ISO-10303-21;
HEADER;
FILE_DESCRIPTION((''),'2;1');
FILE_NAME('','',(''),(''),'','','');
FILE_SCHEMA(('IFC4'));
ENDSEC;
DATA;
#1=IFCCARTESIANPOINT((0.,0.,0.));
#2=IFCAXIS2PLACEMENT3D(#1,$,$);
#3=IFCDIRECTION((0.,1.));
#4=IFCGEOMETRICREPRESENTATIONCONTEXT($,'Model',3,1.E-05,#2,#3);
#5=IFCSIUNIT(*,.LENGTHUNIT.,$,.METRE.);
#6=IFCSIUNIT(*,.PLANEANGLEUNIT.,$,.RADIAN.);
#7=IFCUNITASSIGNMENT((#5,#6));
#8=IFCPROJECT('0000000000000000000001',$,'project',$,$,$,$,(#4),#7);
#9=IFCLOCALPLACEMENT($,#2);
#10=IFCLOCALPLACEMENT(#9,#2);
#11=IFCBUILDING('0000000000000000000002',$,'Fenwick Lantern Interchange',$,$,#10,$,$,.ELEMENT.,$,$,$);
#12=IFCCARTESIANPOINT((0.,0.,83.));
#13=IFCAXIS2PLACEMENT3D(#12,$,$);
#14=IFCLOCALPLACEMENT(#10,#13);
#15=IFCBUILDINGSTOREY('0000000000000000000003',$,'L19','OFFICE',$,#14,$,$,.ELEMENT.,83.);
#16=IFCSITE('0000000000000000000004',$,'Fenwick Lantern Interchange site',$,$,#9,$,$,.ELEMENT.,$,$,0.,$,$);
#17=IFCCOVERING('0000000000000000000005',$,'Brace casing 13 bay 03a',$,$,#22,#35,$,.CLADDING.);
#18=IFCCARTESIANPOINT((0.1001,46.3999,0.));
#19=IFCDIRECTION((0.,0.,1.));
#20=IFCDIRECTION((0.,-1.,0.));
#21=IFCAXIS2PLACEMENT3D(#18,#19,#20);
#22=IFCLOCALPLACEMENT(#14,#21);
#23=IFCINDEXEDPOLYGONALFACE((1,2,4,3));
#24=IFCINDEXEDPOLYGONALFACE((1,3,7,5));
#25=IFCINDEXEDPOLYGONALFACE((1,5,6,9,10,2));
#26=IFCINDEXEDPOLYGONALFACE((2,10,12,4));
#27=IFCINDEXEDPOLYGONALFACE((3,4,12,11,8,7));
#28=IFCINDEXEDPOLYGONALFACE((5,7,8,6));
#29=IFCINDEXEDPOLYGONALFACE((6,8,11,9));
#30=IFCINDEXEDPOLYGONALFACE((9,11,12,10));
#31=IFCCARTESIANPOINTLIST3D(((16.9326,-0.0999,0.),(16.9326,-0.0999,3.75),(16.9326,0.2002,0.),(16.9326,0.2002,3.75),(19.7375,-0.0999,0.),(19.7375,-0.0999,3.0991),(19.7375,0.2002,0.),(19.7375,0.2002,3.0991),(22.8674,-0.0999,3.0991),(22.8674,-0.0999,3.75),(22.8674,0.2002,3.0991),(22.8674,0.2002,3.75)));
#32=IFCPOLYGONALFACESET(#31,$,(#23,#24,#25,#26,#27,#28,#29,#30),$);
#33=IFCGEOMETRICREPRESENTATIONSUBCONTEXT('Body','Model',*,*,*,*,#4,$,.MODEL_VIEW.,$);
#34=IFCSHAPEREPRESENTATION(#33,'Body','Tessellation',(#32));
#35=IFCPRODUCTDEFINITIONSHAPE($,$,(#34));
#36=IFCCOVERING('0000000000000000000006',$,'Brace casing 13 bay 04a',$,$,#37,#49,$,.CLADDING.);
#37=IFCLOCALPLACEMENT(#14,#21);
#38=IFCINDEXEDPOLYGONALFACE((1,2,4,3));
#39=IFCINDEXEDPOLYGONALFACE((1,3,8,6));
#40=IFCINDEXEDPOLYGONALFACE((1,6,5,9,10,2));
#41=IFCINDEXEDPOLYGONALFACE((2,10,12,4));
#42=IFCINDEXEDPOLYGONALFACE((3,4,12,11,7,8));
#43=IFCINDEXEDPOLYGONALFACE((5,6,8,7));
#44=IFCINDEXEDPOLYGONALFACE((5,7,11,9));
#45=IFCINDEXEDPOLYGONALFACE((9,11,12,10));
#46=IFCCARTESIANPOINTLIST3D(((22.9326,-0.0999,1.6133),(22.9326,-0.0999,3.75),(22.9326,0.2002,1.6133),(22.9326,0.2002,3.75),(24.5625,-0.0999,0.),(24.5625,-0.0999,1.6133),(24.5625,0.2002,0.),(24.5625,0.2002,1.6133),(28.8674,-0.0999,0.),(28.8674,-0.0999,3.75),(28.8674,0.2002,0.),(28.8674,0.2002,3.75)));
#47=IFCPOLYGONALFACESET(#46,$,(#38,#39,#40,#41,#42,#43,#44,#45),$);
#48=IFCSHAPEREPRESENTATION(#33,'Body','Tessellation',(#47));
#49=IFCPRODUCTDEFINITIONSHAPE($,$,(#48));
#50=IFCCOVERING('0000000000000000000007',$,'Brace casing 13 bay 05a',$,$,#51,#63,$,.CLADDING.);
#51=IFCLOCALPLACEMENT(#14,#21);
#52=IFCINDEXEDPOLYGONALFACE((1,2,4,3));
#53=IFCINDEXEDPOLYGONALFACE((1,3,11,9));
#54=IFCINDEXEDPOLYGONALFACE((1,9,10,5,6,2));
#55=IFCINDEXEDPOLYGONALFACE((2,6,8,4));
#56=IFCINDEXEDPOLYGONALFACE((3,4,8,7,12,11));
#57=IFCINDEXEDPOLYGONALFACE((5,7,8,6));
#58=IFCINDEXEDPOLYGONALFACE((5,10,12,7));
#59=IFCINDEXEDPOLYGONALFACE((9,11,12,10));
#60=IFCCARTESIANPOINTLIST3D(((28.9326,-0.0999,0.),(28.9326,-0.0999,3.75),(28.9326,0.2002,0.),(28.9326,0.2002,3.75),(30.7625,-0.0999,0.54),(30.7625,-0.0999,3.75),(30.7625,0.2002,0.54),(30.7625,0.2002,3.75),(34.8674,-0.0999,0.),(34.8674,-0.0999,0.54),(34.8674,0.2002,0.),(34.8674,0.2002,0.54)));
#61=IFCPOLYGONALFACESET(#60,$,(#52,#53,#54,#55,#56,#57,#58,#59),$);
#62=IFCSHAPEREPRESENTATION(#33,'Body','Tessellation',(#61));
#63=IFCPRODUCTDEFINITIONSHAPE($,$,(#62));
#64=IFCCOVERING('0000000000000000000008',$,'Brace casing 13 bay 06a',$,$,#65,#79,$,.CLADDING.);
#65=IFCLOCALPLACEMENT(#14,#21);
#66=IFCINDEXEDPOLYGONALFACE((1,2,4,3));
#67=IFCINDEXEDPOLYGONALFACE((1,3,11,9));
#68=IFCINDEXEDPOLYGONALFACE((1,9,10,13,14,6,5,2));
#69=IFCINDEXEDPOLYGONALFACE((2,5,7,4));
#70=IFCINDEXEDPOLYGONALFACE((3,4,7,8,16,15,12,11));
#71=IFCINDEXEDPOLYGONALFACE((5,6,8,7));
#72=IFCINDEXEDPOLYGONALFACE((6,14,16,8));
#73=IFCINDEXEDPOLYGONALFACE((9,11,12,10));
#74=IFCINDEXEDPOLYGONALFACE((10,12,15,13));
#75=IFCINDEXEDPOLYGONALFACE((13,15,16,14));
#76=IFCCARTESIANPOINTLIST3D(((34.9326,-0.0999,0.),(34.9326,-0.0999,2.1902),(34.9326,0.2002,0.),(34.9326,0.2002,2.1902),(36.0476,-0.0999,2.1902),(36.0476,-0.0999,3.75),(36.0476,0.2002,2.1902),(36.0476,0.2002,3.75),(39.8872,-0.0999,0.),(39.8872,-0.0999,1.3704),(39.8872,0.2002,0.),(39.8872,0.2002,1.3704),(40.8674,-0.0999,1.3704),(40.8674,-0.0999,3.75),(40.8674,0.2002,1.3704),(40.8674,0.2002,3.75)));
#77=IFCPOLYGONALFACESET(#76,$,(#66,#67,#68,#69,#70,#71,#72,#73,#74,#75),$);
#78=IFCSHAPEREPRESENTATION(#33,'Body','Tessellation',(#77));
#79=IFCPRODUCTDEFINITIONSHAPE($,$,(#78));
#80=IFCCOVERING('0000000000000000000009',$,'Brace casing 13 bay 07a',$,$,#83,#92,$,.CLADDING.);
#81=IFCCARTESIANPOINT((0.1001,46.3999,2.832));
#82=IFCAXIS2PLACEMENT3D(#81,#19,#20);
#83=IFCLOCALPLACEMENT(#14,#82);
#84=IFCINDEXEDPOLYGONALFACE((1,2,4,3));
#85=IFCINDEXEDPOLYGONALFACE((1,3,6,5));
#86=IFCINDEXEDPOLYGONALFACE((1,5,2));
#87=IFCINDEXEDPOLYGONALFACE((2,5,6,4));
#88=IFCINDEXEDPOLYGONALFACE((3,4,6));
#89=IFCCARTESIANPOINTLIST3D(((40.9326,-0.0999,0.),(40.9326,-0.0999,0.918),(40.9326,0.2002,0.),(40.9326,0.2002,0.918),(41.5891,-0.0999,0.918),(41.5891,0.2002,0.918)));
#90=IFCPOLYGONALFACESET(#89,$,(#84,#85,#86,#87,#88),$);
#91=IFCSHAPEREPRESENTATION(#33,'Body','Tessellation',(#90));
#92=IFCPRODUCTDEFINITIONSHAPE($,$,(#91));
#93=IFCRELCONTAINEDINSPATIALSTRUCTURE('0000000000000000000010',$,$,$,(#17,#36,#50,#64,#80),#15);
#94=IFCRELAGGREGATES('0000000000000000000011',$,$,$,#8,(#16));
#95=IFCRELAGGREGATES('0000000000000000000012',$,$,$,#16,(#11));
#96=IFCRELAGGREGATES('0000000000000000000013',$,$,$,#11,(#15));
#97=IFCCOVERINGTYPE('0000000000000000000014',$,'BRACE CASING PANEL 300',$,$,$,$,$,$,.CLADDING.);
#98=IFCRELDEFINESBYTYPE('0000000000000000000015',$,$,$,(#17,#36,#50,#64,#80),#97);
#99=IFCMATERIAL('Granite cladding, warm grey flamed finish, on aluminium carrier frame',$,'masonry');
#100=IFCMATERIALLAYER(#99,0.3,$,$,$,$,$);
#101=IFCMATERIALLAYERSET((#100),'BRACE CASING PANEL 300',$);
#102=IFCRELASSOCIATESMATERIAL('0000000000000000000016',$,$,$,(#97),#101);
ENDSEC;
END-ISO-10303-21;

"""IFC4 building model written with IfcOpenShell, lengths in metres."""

from ifc_helpers import new_model, si_unit, direction, frame, origin, place, context, subcontext, project, spatial, polyline, outline, extrude, material, layer, layer_set, type_object, element, save


model = new_model("IFC4")

# Units and contexts
model_context = context("Model", 3, precision=1e-05, world=origin(), true_north=direction((0.0, 1.0)))
body_context = subcontext(model_context, "Body", "Model", "MODEL_VIEW")
ifc_project = project(units=[si_unit("LENGTHUNIT", "METRE"), si_unit("PLANEANGLEUNIT", "RADIAN")], contexts=[model_context])

# Site, building, storey
site_placement = place(None, origin())
site = spatial("IfcSite", under=ifc_project, at=site_placement, Name="Fenwick Lantern Interchange site", CompositionType="ELEMENT", RefElevation=0.0)
building_placement = place(site_placement, origin())
building = spatial("IfcBuilding", under=site, at=building_placement, Name="Fenwick Lantern Interchange", CompositionType="ELEMENT")
storey_placement = place(building_placement, frame((0.0, 0.0, 83.0)))
storey = spatial("IfcBuildingStorey", under=building, at=storey_placement, Name="L19", Description="OFFICE", CompositionType="ELEMENT", Elevation=83.0)

# Coverings
ifc_material_1 = material(Name="Granite cladding, warm grey flamed finish, on aluminium carrier frame", Category="masonry")
ifc_layer_1 = layer(ifc_material_1, 0.3)
ifc_layer_set_1 = layer_set([ifc_layer_1], Name="BRACE CASING PANEL 300")
covering_type = type_object("IfcCoveringType", Name="BRACE CASING PANEL 300", PredefinedType="CLADDING", material=ifc_layer_set_1)
covering_1_placement = place(storey_placement, frame((0.1001, 46.3999, 0.0), z_axis=(0.0, 0.0, 1.0), x_axis=(0.0, -1.0, 0.0)))
element("IfcCovering", 1, at=covering_1_placement, inside=storey, type_object=covering_type, Name="Brace casing 13 bay 03a", PredefinedType="CLADDING", context=body_context, shape_type="SweptSolid", body=[
    extrude(outline(polyline([(16.9326, 0.0), (19.7375, 0.0), (19.7375, 3.0991), (22.8674, 3.0991), (22.8674, 3.75), (16.9326, 3.75), (16.9326, 0.0)])), frame((0.0, 0.2002, 0.0), z_axis=(0.0, -1.0, 0.0), x_axis=(1.0, 0.0, 0.0)), (0.0, 0.0, 1.0), 0.3),
])
covering_2_placement = place(storey_placement, frame((0.1001, 46.3999, 0.0), z_axis=(0.0, 0.0, 1.0), x_axis=(0.0, -1.0, 0.0)))
element("IfcCovering", 2, at=covering_2_placement, inside=storey, type_object=covering_type, Name="Brace casing 13 bay 04a", PredefinedType="CLADDING", context=body_context, shape_type="SweptSolid", body=[
    extrude(outline(polyline([(24.5625, 0.0), (28.8674, 0.0), (28.8674, 3.75), (22.9326, 3.75), (22.9326, 1.6133), (24.5625, 1.6133), (24.5625, 0.0)])), frame((0.0, 0.2002, 0.0), z_axis=(0.0, -1.0, 0.0), x_axis=(1.0, 0.0, 0.0)), (0.0, 0.0, 1.0), 0.3),
])
covering_3_placement = place(storey_placement, frame((0.1001, 46.3999, 0.0), z_axis=(0.0, 0.0, 1.0), x_axis=(0.0, -1.0, 0.0)))
element("IfcCovering", 3, at=covering_3_placement, inside=storey, type_object=covering_type, Name="Brace casing 13 bay 05a", PredefinedType="CLADDING", context=body_context, shape_type="SweptSolid", body=[
    extrude(outline(polyline([(28.9326, 0.0), (34.8674, 0.0), (34.8674, 0.54), (30.7625, 0.54), (30.7625, 3.75), (28.9326, 3.75), (28.9326, 0.0)])), frame((0.0, 0.2002, 0.0), z_axis=(0.0, -1.0, 0.0), x_axis=(1.0, 0.0, 0.0)), (0.0, 0.0, 1.0), 0.3),
])
covering_4_placement = place(storey_placement, frame((0.1001, 46.3999, 0.0), z_axis=(0.0, 0.0, 1.0), x_axis=(0.0, -1.0, 0.0)))
element("IfcCovering", 4, at=covering_4_placement, inside=storey, type_object=covering_type, Name="Brace casing 13 bay 06a", PredefinedType="CLADDING", context=body_context, shape_type="SweptSolid", body=[
    extrude(outline(polyline([(34.9326, 0.0), (39.8872, 0.0), (39.8872, 1.3704), (40.8674, 1.3704), (40.8674, 3.75), (36.0476, 3.75), (36.0476, 2.1902), (34.9326, 2.1902), (34.9326, 0.0)])), frame((0.0, 0.2002, 0.0), z_axis=(0.0, -1.0, 0.0), x_axis=(1.0, 0.0, 0.0)), (0.0, 0.0, 1.0), 0.3),
])
covering_5_placement = place(storey_placement, frame((0.1001, 46.3999, 2.832), z_axis=(0.0, 0.0, 1.0), x_axis=(0.0, -1.0, 0.0)))
element("IfcCovering", 5, at=covering_5_placement, inside=storey, type_object=covering_type, Name="Brace casing 13 bay 07a", PredefinedType="CLADDING", context=body_context, shape_type="SweptSolid", body=[
    extrude(outline(polyline([(40.9326, 0.0), (41.5891, 0.918), (40.9326, 0.918), (40.9326, 0.0)])), frame((0.0, 0.2002, 0.0), z_axis=(0.0, -1.0, 0.0), x_axis=(1.0, 0.0, 0.0)), (0.0, 0.0, 1.0), 0.3),
])

save(model, "model.ifc")
